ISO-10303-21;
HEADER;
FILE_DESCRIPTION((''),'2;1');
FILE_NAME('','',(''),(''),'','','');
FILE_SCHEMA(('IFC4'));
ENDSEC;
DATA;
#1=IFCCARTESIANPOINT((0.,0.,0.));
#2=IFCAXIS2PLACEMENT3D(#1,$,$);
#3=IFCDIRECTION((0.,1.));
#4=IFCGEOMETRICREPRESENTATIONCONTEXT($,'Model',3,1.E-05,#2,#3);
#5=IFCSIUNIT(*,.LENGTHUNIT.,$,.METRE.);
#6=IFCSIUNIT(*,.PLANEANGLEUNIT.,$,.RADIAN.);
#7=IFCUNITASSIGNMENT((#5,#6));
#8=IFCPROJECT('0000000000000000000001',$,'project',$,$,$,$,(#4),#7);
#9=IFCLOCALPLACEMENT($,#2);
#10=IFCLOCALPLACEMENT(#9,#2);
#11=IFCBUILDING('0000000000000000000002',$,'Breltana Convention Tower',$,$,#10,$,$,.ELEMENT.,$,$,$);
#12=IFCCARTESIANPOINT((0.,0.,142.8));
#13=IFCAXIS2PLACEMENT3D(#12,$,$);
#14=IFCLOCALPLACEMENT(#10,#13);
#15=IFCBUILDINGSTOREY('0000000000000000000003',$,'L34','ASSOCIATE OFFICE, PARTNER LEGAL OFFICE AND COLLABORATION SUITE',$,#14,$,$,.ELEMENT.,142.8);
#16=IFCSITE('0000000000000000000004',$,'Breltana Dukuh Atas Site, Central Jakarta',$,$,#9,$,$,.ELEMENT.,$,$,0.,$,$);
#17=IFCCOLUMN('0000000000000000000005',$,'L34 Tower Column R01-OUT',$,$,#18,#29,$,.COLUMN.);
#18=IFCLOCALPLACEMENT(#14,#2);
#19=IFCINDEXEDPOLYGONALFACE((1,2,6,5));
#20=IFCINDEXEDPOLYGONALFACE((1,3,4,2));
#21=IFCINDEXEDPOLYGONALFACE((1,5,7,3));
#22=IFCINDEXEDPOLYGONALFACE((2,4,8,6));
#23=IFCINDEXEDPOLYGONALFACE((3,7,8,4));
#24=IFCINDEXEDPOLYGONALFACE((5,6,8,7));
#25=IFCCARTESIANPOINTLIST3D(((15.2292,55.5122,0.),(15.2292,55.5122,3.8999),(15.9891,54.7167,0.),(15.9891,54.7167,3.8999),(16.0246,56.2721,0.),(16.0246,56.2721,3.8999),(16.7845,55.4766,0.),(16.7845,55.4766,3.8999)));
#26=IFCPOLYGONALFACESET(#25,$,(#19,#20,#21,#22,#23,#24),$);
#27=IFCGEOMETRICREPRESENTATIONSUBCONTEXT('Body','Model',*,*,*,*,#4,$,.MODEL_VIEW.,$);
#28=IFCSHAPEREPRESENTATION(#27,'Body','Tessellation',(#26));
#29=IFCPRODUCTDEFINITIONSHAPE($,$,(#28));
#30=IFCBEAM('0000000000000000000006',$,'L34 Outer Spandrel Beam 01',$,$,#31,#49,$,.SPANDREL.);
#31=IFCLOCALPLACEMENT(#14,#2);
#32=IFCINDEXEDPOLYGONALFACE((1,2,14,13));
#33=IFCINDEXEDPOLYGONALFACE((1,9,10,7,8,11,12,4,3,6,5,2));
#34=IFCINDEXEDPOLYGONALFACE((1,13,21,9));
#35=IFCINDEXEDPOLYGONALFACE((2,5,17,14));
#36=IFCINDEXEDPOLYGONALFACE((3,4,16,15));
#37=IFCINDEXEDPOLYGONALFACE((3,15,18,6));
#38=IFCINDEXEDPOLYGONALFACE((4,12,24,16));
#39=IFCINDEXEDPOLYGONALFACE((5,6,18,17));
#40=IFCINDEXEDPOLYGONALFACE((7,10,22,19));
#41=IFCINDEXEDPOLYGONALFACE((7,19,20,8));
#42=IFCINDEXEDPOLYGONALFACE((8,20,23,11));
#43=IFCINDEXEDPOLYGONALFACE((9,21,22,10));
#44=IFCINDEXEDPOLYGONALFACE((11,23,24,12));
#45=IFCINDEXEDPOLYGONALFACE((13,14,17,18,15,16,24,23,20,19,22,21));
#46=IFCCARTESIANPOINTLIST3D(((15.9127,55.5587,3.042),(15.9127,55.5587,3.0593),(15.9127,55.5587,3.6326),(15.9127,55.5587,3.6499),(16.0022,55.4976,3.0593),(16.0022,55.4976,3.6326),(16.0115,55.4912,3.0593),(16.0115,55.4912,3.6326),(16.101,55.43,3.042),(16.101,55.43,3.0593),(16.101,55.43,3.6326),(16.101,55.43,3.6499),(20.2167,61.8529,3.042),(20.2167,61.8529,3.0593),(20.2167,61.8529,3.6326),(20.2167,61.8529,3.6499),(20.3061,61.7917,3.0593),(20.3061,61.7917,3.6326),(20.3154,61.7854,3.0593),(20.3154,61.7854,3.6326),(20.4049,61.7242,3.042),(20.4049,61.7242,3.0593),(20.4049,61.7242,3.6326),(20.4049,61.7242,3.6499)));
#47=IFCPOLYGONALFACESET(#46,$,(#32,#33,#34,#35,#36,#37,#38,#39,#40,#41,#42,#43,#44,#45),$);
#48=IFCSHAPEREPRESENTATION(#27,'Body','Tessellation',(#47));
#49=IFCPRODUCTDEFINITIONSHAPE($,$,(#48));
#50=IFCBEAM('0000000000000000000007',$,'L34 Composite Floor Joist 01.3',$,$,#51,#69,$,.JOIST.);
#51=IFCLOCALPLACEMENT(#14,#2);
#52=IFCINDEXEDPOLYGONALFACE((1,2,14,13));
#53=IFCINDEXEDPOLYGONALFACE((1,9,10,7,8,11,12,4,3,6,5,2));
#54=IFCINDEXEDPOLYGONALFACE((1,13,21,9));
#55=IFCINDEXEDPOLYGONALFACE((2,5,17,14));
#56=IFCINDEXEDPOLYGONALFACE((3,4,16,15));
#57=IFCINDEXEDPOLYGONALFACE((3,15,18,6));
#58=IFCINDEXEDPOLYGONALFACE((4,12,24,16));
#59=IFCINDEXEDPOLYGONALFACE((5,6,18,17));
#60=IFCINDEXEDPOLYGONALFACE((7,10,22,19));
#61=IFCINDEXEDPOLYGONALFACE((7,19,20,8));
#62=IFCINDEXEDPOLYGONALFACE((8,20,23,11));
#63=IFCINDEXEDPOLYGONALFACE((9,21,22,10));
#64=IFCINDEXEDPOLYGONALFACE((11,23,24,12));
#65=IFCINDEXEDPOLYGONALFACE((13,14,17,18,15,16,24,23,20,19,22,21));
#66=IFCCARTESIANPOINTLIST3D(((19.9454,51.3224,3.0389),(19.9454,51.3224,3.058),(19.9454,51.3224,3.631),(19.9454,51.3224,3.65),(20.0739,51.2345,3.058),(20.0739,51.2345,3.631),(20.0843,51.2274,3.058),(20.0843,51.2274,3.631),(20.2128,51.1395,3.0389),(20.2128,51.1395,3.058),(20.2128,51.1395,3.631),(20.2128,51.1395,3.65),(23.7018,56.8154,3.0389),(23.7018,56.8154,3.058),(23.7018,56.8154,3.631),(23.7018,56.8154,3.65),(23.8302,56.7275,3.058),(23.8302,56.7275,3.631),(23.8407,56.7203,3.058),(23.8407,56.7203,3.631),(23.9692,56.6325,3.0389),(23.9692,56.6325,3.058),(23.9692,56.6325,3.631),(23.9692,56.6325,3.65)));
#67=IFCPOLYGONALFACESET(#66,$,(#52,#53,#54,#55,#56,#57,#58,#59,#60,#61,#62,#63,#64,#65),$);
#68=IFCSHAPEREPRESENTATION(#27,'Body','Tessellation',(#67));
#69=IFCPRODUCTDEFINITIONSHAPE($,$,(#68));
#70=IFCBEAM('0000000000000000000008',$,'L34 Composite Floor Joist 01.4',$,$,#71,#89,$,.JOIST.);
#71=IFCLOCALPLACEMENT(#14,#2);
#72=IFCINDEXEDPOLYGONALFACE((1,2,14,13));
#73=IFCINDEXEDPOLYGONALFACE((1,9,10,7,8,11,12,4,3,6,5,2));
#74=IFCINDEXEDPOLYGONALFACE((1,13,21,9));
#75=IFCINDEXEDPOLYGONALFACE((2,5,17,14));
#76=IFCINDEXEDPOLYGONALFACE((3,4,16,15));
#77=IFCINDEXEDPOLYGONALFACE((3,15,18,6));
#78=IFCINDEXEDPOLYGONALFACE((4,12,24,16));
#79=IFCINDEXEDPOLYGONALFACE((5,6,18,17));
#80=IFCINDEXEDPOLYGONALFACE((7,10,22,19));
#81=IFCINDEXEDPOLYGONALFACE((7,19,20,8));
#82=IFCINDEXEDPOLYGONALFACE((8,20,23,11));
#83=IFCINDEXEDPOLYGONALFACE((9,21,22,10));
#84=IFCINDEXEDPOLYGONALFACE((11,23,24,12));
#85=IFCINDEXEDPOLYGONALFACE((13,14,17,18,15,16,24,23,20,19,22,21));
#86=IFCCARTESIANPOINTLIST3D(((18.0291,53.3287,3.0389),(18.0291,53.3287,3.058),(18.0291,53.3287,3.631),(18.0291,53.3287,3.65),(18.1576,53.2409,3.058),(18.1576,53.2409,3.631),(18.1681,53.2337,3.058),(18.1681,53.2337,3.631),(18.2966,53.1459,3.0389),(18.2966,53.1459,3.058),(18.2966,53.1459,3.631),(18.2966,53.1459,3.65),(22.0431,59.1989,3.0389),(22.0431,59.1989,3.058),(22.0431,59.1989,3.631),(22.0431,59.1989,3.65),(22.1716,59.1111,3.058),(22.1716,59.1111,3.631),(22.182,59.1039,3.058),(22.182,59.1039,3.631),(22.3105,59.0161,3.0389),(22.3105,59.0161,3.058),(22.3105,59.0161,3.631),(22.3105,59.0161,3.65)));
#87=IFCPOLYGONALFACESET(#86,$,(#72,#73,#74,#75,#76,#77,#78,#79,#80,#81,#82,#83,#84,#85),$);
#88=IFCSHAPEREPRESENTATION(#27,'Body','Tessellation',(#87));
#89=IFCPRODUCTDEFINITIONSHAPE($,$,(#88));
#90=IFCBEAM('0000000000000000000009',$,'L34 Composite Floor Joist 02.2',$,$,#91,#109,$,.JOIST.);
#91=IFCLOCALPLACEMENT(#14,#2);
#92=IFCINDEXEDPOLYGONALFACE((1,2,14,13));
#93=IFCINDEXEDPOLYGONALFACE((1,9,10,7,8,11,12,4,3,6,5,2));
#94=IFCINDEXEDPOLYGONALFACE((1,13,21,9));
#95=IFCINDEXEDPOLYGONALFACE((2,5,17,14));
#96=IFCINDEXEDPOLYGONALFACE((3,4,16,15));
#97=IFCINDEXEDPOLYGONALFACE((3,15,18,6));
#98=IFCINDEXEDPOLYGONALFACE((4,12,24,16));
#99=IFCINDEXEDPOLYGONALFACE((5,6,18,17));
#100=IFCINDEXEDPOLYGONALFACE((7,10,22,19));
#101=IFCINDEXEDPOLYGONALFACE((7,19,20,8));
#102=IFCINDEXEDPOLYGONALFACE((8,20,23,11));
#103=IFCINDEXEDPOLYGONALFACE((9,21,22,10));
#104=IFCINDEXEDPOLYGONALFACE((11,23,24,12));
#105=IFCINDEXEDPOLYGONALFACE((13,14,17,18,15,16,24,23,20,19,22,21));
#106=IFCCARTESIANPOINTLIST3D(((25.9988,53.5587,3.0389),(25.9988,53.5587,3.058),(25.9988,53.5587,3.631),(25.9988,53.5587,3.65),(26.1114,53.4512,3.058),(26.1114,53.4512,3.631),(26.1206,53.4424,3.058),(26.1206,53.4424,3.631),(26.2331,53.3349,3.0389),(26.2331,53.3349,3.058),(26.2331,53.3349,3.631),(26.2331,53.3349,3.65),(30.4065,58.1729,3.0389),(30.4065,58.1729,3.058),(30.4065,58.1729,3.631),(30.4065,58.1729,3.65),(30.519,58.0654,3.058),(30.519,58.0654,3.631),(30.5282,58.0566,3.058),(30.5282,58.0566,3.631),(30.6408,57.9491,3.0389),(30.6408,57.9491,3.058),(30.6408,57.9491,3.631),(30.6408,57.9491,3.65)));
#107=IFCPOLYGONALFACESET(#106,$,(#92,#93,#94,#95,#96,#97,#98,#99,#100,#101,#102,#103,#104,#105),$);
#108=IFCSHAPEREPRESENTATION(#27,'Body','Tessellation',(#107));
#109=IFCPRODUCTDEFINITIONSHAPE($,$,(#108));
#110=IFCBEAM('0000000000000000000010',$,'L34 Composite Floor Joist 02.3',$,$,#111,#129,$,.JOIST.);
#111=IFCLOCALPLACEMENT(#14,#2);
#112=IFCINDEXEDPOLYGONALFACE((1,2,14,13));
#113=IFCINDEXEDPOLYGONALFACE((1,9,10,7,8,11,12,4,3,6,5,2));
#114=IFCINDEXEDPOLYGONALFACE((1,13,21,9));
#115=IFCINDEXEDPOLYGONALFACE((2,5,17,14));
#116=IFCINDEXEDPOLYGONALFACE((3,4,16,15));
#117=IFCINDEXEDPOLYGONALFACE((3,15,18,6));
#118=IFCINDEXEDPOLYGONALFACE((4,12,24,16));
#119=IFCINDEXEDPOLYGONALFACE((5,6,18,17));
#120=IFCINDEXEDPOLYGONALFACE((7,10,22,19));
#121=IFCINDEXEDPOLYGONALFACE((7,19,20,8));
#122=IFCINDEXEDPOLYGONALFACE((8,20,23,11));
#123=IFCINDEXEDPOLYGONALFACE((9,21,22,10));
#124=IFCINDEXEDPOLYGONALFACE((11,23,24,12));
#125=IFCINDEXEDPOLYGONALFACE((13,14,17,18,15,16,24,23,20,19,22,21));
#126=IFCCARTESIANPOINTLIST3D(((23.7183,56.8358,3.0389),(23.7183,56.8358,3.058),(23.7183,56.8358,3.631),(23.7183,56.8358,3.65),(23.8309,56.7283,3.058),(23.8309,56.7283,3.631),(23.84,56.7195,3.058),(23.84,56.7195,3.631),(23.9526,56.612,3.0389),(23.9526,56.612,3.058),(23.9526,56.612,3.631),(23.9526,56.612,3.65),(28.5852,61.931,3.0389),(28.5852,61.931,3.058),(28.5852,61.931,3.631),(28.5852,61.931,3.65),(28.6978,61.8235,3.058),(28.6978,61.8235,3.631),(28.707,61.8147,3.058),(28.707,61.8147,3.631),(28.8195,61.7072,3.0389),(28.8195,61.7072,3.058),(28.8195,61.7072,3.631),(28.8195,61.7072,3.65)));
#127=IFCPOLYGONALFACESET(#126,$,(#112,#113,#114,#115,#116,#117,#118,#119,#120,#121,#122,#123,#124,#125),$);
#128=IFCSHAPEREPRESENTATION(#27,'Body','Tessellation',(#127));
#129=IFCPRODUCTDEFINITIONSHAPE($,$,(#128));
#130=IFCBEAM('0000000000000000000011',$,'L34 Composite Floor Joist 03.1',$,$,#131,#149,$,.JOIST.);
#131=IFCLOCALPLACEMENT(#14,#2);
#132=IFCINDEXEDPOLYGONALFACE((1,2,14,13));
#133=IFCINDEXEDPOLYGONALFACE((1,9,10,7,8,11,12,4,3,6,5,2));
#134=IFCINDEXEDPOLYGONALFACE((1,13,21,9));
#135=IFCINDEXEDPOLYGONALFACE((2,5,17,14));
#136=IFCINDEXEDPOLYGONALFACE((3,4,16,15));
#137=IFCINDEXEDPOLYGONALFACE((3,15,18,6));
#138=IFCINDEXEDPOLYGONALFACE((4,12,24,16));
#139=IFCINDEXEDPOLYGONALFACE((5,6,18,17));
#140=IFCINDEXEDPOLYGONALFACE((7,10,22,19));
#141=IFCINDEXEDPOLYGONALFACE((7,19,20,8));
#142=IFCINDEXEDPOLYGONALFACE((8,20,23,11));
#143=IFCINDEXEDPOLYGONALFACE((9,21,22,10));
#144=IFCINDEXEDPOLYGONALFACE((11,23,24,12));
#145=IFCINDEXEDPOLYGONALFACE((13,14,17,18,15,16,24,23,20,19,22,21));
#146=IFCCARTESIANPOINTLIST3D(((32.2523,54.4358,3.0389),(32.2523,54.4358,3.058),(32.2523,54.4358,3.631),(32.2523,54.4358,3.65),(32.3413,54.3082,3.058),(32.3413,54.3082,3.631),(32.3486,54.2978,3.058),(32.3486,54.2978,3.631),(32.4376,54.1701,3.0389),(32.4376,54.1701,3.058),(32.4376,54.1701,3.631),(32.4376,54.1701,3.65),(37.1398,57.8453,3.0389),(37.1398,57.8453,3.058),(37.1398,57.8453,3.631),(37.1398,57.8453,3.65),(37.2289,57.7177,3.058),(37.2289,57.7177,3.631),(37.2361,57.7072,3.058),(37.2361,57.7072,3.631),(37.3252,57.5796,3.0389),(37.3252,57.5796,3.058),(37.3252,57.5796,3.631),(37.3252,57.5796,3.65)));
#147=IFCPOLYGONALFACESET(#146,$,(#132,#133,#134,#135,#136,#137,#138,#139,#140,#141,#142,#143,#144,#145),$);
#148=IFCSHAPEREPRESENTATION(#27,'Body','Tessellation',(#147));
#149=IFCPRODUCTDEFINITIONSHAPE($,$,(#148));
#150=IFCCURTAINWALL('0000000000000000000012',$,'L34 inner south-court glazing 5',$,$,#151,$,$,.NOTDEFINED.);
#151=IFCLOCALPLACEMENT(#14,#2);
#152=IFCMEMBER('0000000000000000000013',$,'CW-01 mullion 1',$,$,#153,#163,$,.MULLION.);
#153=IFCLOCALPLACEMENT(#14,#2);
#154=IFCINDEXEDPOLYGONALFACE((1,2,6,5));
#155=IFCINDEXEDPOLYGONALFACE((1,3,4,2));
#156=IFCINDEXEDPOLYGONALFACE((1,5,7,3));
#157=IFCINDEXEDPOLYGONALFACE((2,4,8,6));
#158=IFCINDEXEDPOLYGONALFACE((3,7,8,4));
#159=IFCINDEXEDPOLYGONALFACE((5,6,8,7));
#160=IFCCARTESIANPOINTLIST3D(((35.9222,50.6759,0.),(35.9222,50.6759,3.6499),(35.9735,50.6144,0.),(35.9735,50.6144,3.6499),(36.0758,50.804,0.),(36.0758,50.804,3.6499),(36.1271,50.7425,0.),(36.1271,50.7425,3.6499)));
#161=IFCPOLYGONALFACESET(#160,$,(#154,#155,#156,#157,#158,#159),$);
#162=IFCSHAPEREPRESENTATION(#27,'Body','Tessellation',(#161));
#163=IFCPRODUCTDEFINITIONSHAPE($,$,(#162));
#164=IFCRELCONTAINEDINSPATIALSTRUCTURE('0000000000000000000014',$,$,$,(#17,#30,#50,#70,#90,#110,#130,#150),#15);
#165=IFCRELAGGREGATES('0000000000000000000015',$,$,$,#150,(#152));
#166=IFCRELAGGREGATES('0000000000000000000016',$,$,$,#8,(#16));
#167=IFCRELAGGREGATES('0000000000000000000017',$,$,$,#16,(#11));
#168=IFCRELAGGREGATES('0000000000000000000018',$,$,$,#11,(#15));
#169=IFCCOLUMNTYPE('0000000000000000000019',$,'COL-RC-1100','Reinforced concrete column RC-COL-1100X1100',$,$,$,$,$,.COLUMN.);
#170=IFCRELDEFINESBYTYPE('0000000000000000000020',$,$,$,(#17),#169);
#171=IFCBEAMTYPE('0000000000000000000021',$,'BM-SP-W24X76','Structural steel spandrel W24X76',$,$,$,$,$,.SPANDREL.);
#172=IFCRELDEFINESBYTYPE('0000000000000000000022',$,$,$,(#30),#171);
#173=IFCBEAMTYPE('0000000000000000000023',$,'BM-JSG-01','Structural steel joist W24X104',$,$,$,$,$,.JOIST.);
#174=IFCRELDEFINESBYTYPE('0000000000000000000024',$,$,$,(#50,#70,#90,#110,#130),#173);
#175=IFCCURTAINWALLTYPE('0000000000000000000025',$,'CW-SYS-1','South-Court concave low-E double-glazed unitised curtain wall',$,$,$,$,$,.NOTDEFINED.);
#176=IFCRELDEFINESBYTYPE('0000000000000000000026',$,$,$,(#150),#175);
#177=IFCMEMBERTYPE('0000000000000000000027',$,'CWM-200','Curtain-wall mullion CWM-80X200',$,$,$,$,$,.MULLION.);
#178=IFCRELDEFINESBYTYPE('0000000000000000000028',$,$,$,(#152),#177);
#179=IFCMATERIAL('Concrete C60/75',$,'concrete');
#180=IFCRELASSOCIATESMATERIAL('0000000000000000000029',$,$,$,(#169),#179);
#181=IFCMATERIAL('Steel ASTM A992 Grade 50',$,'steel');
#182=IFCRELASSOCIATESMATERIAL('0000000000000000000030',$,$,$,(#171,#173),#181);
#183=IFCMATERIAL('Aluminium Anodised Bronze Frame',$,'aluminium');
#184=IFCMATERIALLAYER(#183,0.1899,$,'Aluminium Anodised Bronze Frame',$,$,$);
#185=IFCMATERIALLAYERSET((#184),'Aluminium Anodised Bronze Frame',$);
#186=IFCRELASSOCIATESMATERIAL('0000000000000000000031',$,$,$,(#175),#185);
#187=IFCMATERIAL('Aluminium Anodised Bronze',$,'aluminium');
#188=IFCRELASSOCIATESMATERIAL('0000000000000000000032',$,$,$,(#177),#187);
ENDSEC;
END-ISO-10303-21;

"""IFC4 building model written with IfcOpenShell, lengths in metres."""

from ifc_helpers import new_model, si_unit, direction, frame, origin, origin_2d, place, context, subcontext, project, spatial, rectangle, i_section, extrude, source, transform, mapped, material, layer, layer_set, material_profile, profile_set, type_object, type_shapes, element, aggregate, save


model = new_model("IFC4")

# Units and contexts
model_context = context("Model", 3, precision=1e-05, world=origin(), true_north=direction((0.0, 1.0)))
body_context = subcontext(model_context, "Body", "Model", "MODEL_VIEW")
ifc_project = project(units=[si_unit("LENGTHUNIT", "METRE"), si_unit("PLANEANGLEUNIT", "RADIAN")], contexts=[model_context])

# Site, building, storey
site_placement = place(None, origin())
site = spatial("IfcSite", under=ifc_project, at=site_placement, Name="Breltana Dukuh Atas Site, Central Jakarta", CompositionType="ELEMENT", RefElevation=0.0)
building_placement = place(site_placement, origin())
building = spatial("IfcBuilding", under=site, at=building_placement, Name="Breltana Convention Tower", CompositionType="ELEMENT")
storey_placement = place(building_placement, frame((0.0, 0.0, 142.8)))
storey = spatial("IfcBuildingStorey", under=building, at=storey_placement, Name="L34", Description="ASSOCIATE OFFICE, PARTNER LEGAL OFFICE AND COLLABORATION SUITE", CompositionType="ELEMENT", Elevation=142.8)

# Column
ifc_material_1 = material(Name="Concrete C60/75", Category="concrete")
ifc_material_profile_1 = material_profile(ifc_material_1, rectangle(XDim=1.1001, YDim=1.1001, at=origin_2d()), Name="RC-COL-1100X1100")
ifc_profile_set_1 = profile_set([ifc_material_profile_1], Name="Concrete C60/75")
column_type = type_object("IfcColumnType", Name="COL-RC-1100", Description="Reinforced concrete column RC-COL-1100X1100", PredefinedType="COLUMN", material=ifc_profile_set_1)
shared_shape_1 = source(origin(), body_context, "Body", "SweptSolid", [
    extrude(rectangle(XDim=1.1001, YDim=1.1001, at=origin_2d()), origin(), (0.0, 0.0, 1.0), 3.8999),
])
column_placement = place(storey_placement, frame((16.0068, 55.4944, 0.0), z_axis=(0.0, 0.0, 1.0), x_axis=(-0.690756, 0.723088, 0.0)))
element("IfcColumn", 1, at=column_placement, inside=storey, type_object=column_type, Name="L34 Tower Column R01-OUT", PredefinedType="COLUMN", context=body_context, shape_type="MappedRepresentation", body=[
    mapped(shared_shape_1, transform((0.0, 0.0, 0.0), scale=1.0)),
])

# Beams
ifc_material_2 = material(Name="Steel ASTM A992 Grade 50", Category="steel")
ifc_material_profile_2 = material_profile(ifc_material_2, i_section(OverallWidth=0.228, OverallDepth=0.6079, WebThickness=0.0112, FlangeThickness=0.0173, at=origin_2d()), Name="W24X76")
ifc_profile_set_2 = profile_set([ifc_material_profile_2], Name="Steel ASTM A992 Grade 50")
beam_type_1 = type_object("IfcBeamType", Name="BM-SP-W24X76", Description="Structural steel spandrel W24X76", PredefinedType="SPANDREL", material=ifc_profile_set_2)
shared_shape_2 = source(origin(), body_context, "Body", "SweptSolid", [
    extrude(i_section(OverallWidth=0.228, OverallDepth=0.6079, WebThickness=0.0112, FlangeThickness=0.0173, at=origin_2d()), origin(), (0.0, 0.0, 1.0), 7.625),
])
type_shapes(beam_type_1, [shared_shape_2])
beam_1_placement = place(storey_placement, frame((16.0068, 55.4944, 3.3459), z_axis=(0.564452, 0.825466, 0.0), x_axis=(-0.825466, 0.564452, 0.0)))
element("IfcBeam", 2, at=beam_1_placement, inside=storey, type_object=beam_type_1, Name="L34 Outer Spandrel Beam 01", PredefinedType="SPANDREL", context=body_context, shape_type="MappedRepresentation", body=[
    mapped(shared_shape_2, transform((0.0, 0.0, 0.0), scale=1.0)),
])
ifc_material_profile_3 = material_profile(ifc_material_2, i_section(OverallWidth=0.324, OverallDepth=0.6111, WebThickness=0.0127, FlangeThickness=0.019, at=origin_2d()), Name="W24X104")
ifc_profile_set_3 = profile_set([ifc_material_profile_3], Name="Steel ASTM A992 Grade 50")
beam_type_2 = type_object("IfcBeamType", Name="BM-JSG-01", Description="Structural steel joist W24X104", PredefinedType="JOIST", material=ifc_profile_set_3)
shared_shape_3 = source(origin(), body_context, "Body", "SweptSolid", [
    extrude(i_section(OverallWidth=0.324, OverallDepth=0.6111, WebThickness=0.0127, FlangeThickness=0.019, at=origin_2d()), origin(), (0.0, 0.0, 1.0), 6.6545),
])
beam_2_placement = place(storey_placement, frame((20.0791, 51.231, 3.3445), z_axis=(0.564483, 0.825445, 0.0), x_axis=(-0.825445, 0.564483, 0.0)))
element("IfcBeam", 3, at=beam_2_placement, inside=storey, type_object=beam_type_2, Name="L34 Composite Floor Joist 01.3", PredefinedType="JOIST", context=body_context, shape_type="MappedRepresentation", body=[
    mapped(shared_shape_3, transform((0.0, 0.0, 0.0), scale=1.0)),
])
shared_shape_4 = source(origin(), body_context, "Body", "SweptSolid", [
    extrude(i_section(OverallWidth=0.324, OverallDepth=0.6111, WebThickness=0.0127, FlangeThickness=0.019, at=origin_2d()), origin(), (0.0, 0.0, 1.0), 7.1113),
])
beam_3_placement = place(storey_placement, frame((18.1628, 53.2373, 3.3445), z_axis=(0.564446, 0.82547, 0.0), x_axis=(-0.82547, 0.564446, 0.0)))
element("IfcBeam", 4, at=beam_3_placement, inside=storey, type_object=beam_type_2, Name="L34 Composite Floor Joist 01.4", PredefinedType="JOIST", context=body_context, shape_type="MappedRepresentation", body=[
    mapped(shared_shape_4, transform((0.0, 0.0, 0.0), scale=1.0)),
])
shared_shape_5 = source(origin(), body_context, "Body", "SweptSolid", [
    extrude(i_section(OverallWidth=0.324, OverallDepth=0.6111, WebThickness=0.0127, FlangeThickness=0.019, at=origin_2d()), origin(), (0.0, 0.0, 1.0), 6.3811),
])
beam_4_placement = place(storey_placement, frame((26.116, 53.4468, 3.3445), z_axis=(0.690738, 0.723105, 0.0), x_axis=(-0.723105, 0.690738, 0.0)))
element("IfcBeam", 5, at=beam_4_placement, inside=storey, type_object=beam_type_2, Name="L34 Composite Floor Joist 02.2", PredefinedType="JOIST", context=body_context, shape_type="MappedRepresentation", body=[
    mapped(shared_shape_5, transform((0.0, 0.0, 0.0), scale=1.0)),
])
shared_shape_6 = source(origin(), body_context, "Body", "SweptSolid", [
    extrude(i_section(OverallWidth=0.324, OverallDepth=0.6111, WebThickness=0.0127, FlangeThickness=0.019, at=origin_2d()), origin(), (0.0, 0.0, 1.0), 7.0461),
])
beam_5_placement = place(storey_placement, frame((23.8354, 56.7239, 3.3445), z_axis=(0.690723, 0.72312, 0.0), x_axis=(-0.72312, 0.690723, 0.0)))
element("IfcBeam", 6, at=beam_5_placement, inside=storey, type_object=beam_type_2, Name="L34 Composite Floor Joist 02.3", PredefinedType="JOIST", context=body_context, shape_type="MappedRepresentation", body=[
    mapped(shared_shape_6, transform((0.0, 0.0, 0.0), scale=1.0)),
])
shared_shape_7 = source(origin(), body_context, "Body", "SweptSolid", [
    extrude(i_section(OverallWidth=0.324, OverallDepth=0.6111, WebThickness=0.0127, FlangeThickness=0.019, at=origin_2d()), origin(), (0.0, 0.0, 1.0), 5.9592),
])
beam_6_placement = place(storey_placement, frame((32.345, 54.303, 3.3445), z_axis=(0.82016, 0.572134, 0.0), x_axis=(-0.572134, 0.82016, 0.0)))
element("IfcBeam", 7, at=beam_6_placement, inside=storey, type_object=beam_type_2, Name="L34 Composite Floor Joist 03.1", PredefinedType="JOIST", context=body_context, shape_type="MappedRepresentation", body=[
    mapped(shared_shape_7, transform((0.0, 0.0, 0.0), scale=1.0)),
])

# Curtain wall, member
ifc_material_3 = material(Name="Aluminium Anodised Bronze Frame", Category="aluminium")
ifc_layer_1 = layer(ifc_material_3, 0.1899, Name="Aluminium Anodised Bronze Frame")
ifc_layer_set_1 = layer_set([ifc_layer_1], Name="Aluminium Anodised Bronze Frame")
curtain_wall_type_1 = type_object("IfcCurtainWallType", Name="CW-SYS-1", Description="South-Court concave low-E double-glazed unitised curtain wall", PredefinedType="NOTDEFINED", material=ifc_layer_set_1)
curtain_wall_1_placement = place(storey_placement, origin())
curtain_wall_1 = element("IfcCurtainWall", 8, at=curtain_wall_1_placement, inside=storey, type_object=curtain_wall_type_1, Name="L34 inner south-court glazing 5", PredefinedType="NOTDEFINED")
ifc_material_4 = material(Name="Aluminium Anodised Bronze", Category="aluminium")
ifc_material_profile_4 = material_profile(ifc_material_4, rectangle(XDim=0.0801, YDim=0.2, at=origin_2d()), Name="CWM-80X200")
ifc_profile_set_4 = profile_set([ifc_material_profile_4], Name="Aluminium Anodised Bronze")
member_type_1 = type_object("IfcMemberType", Name="CWM-200", Description="Curtain-wall mullion CWM-80X200", PredefinedType="MULLION", material=ifc_profile_set_4)
shared_shape_8 = source(origin(), body_context, "Body", "SweptSolid", [
    extrude(rectangle(XDim=0.0801, YDim=0.2, at=origin_2d()), origin(), (0.0, 0.0, 1.0), 3.6499),
])
member_1_placement = place(storey_placement, frame((36.0247, 50.7092, 0.0), z_axis=(0.0, 0.0, 1.0), x_axis=(0.640537, -0.767927, 0.0)))
member_1 = element("IfcMember", 9, at=member_1_placement, type_object=member_type_1, Name="CW-01 mullion 1", PredefinedType="MULLION", context=body_context, shape_type="MappedRepresentation", body=[
    mapped(shared_shape_8, transform((0.0, 0.0, 0.0), scale=1.0)),
])
aggregate(curtain_wall_1, [member_1])

save(model, "model.ifc")
